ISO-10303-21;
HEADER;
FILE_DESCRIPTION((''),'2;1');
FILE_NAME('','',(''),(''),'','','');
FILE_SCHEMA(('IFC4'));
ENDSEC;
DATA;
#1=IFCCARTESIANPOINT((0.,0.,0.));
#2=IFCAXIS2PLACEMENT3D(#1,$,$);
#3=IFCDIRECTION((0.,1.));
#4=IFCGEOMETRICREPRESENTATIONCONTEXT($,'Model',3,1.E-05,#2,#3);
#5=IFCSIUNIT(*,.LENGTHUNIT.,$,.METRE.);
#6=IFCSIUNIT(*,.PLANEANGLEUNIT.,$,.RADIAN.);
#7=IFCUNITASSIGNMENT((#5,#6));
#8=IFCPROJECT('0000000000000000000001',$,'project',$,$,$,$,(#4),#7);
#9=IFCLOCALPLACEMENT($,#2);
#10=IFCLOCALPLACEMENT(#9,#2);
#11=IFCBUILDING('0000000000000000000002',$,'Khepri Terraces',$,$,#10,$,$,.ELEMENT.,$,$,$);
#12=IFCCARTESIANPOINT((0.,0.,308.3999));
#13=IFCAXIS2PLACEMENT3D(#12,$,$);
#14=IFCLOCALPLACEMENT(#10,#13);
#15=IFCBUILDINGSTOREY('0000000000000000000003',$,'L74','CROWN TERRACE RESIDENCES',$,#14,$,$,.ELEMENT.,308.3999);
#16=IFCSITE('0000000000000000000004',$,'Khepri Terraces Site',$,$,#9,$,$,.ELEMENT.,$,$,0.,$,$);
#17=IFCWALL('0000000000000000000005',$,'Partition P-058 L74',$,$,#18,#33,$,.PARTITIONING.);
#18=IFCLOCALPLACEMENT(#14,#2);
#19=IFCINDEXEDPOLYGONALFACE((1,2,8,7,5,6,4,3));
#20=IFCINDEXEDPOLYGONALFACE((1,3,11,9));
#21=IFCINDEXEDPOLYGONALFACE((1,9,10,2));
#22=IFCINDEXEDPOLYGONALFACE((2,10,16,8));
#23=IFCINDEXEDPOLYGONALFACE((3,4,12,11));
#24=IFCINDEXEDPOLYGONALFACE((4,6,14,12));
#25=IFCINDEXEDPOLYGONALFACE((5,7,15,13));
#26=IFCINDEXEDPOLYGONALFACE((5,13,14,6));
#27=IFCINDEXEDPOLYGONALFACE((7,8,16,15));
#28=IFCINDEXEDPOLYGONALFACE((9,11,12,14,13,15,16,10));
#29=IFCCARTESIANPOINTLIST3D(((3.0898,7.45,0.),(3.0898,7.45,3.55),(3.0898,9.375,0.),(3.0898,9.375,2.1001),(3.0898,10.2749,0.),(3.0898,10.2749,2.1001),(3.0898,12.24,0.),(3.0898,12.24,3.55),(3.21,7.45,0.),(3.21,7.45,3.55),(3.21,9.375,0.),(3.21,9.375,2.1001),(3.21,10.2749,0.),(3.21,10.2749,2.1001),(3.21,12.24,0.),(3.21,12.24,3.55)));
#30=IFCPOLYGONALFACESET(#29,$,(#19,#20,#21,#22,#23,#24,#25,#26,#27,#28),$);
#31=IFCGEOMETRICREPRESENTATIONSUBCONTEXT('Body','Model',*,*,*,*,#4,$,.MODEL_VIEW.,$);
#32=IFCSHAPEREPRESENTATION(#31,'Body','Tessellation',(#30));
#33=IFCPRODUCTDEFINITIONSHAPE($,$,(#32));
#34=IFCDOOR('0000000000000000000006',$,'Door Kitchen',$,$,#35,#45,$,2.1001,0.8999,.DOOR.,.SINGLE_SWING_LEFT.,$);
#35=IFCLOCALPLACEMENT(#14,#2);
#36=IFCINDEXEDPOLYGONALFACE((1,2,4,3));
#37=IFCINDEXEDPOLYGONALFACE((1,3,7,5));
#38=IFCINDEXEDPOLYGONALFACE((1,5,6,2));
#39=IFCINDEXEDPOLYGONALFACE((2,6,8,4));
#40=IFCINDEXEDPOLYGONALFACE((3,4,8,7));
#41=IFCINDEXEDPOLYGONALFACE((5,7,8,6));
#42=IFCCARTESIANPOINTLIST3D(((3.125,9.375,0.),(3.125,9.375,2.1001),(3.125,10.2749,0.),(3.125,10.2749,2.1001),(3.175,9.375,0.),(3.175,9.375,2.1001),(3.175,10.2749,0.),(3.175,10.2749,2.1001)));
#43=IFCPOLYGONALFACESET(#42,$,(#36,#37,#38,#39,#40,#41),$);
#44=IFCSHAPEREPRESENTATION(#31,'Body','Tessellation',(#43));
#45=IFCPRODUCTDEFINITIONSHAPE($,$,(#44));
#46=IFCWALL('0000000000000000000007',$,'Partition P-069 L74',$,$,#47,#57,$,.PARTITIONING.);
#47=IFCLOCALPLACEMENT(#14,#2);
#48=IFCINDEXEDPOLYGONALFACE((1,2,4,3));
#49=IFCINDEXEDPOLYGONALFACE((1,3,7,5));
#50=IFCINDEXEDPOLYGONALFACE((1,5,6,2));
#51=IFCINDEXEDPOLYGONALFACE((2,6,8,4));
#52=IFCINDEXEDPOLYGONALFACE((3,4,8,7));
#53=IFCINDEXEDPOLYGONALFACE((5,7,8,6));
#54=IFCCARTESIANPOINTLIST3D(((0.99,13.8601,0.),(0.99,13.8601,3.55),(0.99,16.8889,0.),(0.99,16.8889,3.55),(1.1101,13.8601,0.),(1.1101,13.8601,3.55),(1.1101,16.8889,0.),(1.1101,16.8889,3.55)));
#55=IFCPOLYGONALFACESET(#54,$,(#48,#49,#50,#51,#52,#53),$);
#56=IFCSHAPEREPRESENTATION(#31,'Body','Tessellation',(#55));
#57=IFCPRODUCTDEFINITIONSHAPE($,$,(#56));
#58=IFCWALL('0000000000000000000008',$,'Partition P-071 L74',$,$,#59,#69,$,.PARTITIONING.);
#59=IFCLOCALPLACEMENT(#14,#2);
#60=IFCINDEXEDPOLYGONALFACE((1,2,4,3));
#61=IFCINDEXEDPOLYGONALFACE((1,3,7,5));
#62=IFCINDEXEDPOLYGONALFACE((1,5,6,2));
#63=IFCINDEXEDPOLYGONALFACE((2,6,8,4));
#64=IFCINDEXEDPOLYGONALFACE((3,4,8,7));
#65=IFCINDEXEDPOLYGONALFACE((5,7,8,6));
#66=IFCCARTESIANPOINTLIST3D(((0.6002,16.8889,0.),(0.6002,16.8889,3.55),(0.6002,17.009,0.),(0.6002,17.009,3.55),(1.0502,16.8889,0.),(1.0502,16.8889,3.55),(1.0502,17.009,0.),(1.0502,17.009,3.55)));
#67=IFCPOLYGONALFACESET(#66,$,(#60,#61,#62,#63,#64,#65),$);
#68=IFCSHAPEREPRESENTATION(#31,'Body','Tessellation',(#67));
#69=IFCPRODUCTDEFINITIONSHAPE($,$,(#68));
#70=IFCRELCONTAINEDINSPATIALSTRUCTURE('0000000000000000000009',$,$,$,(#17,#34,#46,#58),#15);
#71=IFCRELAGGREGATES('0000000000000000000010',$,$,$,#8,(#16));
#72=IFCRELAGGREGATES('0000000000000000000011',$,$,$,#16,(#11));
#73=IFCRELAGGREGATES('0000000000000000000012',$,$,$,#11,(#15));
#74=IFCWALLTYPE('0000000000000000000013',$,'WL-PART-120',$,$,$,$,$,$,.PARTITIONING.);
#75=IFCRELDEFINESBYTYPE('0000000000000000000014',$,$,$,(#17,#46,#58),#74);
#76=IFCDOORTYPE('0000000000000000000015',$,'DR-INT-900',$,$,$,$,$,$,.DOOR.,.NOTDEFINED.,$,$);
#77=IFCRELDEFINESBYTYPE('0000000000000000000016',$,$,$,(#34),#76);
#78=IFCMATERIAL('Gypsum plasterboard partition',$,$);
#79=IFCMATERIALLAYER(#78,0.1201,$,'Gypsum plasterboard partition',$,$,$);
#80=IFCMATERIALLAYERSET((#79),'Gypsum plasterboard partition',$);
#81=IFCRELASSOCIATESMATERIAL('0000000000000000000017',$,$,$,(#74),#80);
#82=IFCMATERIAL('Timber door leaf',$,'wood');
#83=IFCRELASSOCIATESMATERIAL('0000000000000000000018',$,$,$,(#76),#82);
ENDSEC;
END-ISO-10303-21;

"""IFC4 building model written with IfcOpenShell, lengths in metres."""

from ifc_helpers import new_model, si_unit, direction, frame, frame_2d, origin, place, context, subcontext, project, spatial, rectangle, extrude, material, layer, layer_set, type_object, element, fill, save


model = new_model("IFC4")

# Units and contexts
model_context = context("Model", 3, precision=1e-05, world=origin(), true_north=direction((0.0, 1.0)))
body_context = subcontext(model_context, "Body", "Model", "MODEL_VIEW")
ifc_project = project(units=[si_unit("LENGTHUNIT", "METRE"), si_unit("PLANEANGLEUNIT", "RADIAN")], contexts=[model_context])

# Site, building, storey
site_placement = place(None, origin())
site = spatial("IfcSite", under=ifc_project, at=site_placement, Name="Khepri Terraces Site", CompositionType="ELEMENT", RefElevation=0.0)
building_placement = place(site_placement, origin())
building = spatial("IfcBuilding", under=site, at=building_placement, Name="Khepri Terraces", CompositionType="ELEMENT")
storey_placement = place(building_placement, frame((0.0, 0.0, 308.3999)))
storey = spatial("IfcBuildingStorey", under=building, at=storey_placement, Name="L74", Description="CROWN TERRACE RESIDENCES", CompositionType="ELEMENT", Elevation=308.3999)

# Wall, opening, door
ifc_material_1 = material(Name="Gypsum plasterboard partition")
ifc_layer_1 = layer(ifc_material_1, 0.1201, Name="Gypsum plasterboard partition")
ifc_layer_set_1 = layer_set([ifc_layer_1], Name="Gypsum plasterboard partition")
wall_type_1 = type_object("IfcWallType", Name="WL-PART-120", PredefinedType="PARTITIONING", material=ifc_layer_set_1)
wall_1_placement = place(storey_placement, frame((3.1499, 7.45, 0.0), z_axis=(0.0, 0.0, 1.0), x_axis=(0.0, 1.0, 0.0)))
wall_1 = element("IfcWall", 1, at=wall_1_placement, inside=storey, type_object=wall_type_1, Name="Partition P-058 L74", PredefinedType="PARTITIONING", context=body_context, shape_type="SweptSolid", body=[
    extrude(rectangle(XDim=4.79, YDim=0.1201, at=frame_2d((2.395, 0.0))), origin(), (0.0, 0.0, 1.0), 3.55),
])
opening_1_placement = place(wall_1_placement, frame((1.925, 0.0, 0.0)))
opening_1 = element("IfcOpeningElement", 2, at=opening_1_placement, cuts=wall_1, PredefinedType="OPENING", context=body_context, shape_type="SweptSolid", body=[
    extrude(rectangle(XDim=0.8999, YDim=2.1001, at=frame_2d((0.45, 1.05))), frame((0.0, 0.0701, 0.0), z_axis=(0.0, -1.0, 0.0), x_axis=(1.0, 0.0, 0.0)), (0.0, 0.0, 1.0), 0.1401),
])
ifc_material_2 = material(Name="Timber door leaf", Category="wood")
door_type_1 = type_object("IfcDoorType", Name="DR-INT-900", OperationType="NOTDEFINED", PredefinedType="DOOR", material=ifc_material_2)
door_1_placement = place(opening_1_placement, origin())
door_1 = element("IfcDoor", 3, at=door_1_placement, inside=storey, type_object=door_type_1, Name="Door Kitchen", OperationType="SINGLE_SWING_LEFT", OverallHeight=2.1001, OverallWidth=0.8999, PredefinedType="DOOR", context=body_context, shape_type="SweptSolid", body=[
    extrude(rectangle(XDim=0.8999, YDim=2.1001, at=frame_2d((0.45, 1.05))), frame((0.0, 0.0249, 0.0), z_axis=(0.0, -1.0, 0.0), x_axis=(1.0, 0.0, 0.0)), (0.0, 0.0, 1.0), 0.05),
])
fill(opening_1, door_1)

# Walls
wall_2_placement = place(storey_placement, frame((1.05, 13.8601, 0.0), z_axis=(0.0, 0.0, 1.0), x_axis=(0.0, 1.0, 0.0)))
element("IfcWall", 4, at=wall_2_placement, inside=storey, type_object=wall_type_1, Name="Partition P-069 L74", PredefinedType="PARTITIONING", context=body_context, shape_type="SweptSolid", body=[
    extrude(rectangle(XDim=3.0288, YDim=0.1201, at=frame_2d((1.5144, 0.0))), origin(), (0.0, 0.0, 1.0), 3.55),
])
wall_3_placement = place(storey_placement, frame((0.6001, 16.949, 0.0), z_axis=(0.0, 0.0, 1.0), x_axis=(1.0, 0.0, 0.0)))
element("IfcWall", 5, at=wall_3_placement, inside=storey, type_object=wall_type_1, Name="Partition P-071 L74", PredefinedType="PARTITIONING", context=body_context, shape_type="SweptSolid", body=[
    extrude(rectangle(XDim=0.45, YDim=0.1201, at=frame_2d((0.2251, 0.0))), origin(), (0.0, 0.0, 1.0), 3.55),
])

save(model, "model.ifc")
